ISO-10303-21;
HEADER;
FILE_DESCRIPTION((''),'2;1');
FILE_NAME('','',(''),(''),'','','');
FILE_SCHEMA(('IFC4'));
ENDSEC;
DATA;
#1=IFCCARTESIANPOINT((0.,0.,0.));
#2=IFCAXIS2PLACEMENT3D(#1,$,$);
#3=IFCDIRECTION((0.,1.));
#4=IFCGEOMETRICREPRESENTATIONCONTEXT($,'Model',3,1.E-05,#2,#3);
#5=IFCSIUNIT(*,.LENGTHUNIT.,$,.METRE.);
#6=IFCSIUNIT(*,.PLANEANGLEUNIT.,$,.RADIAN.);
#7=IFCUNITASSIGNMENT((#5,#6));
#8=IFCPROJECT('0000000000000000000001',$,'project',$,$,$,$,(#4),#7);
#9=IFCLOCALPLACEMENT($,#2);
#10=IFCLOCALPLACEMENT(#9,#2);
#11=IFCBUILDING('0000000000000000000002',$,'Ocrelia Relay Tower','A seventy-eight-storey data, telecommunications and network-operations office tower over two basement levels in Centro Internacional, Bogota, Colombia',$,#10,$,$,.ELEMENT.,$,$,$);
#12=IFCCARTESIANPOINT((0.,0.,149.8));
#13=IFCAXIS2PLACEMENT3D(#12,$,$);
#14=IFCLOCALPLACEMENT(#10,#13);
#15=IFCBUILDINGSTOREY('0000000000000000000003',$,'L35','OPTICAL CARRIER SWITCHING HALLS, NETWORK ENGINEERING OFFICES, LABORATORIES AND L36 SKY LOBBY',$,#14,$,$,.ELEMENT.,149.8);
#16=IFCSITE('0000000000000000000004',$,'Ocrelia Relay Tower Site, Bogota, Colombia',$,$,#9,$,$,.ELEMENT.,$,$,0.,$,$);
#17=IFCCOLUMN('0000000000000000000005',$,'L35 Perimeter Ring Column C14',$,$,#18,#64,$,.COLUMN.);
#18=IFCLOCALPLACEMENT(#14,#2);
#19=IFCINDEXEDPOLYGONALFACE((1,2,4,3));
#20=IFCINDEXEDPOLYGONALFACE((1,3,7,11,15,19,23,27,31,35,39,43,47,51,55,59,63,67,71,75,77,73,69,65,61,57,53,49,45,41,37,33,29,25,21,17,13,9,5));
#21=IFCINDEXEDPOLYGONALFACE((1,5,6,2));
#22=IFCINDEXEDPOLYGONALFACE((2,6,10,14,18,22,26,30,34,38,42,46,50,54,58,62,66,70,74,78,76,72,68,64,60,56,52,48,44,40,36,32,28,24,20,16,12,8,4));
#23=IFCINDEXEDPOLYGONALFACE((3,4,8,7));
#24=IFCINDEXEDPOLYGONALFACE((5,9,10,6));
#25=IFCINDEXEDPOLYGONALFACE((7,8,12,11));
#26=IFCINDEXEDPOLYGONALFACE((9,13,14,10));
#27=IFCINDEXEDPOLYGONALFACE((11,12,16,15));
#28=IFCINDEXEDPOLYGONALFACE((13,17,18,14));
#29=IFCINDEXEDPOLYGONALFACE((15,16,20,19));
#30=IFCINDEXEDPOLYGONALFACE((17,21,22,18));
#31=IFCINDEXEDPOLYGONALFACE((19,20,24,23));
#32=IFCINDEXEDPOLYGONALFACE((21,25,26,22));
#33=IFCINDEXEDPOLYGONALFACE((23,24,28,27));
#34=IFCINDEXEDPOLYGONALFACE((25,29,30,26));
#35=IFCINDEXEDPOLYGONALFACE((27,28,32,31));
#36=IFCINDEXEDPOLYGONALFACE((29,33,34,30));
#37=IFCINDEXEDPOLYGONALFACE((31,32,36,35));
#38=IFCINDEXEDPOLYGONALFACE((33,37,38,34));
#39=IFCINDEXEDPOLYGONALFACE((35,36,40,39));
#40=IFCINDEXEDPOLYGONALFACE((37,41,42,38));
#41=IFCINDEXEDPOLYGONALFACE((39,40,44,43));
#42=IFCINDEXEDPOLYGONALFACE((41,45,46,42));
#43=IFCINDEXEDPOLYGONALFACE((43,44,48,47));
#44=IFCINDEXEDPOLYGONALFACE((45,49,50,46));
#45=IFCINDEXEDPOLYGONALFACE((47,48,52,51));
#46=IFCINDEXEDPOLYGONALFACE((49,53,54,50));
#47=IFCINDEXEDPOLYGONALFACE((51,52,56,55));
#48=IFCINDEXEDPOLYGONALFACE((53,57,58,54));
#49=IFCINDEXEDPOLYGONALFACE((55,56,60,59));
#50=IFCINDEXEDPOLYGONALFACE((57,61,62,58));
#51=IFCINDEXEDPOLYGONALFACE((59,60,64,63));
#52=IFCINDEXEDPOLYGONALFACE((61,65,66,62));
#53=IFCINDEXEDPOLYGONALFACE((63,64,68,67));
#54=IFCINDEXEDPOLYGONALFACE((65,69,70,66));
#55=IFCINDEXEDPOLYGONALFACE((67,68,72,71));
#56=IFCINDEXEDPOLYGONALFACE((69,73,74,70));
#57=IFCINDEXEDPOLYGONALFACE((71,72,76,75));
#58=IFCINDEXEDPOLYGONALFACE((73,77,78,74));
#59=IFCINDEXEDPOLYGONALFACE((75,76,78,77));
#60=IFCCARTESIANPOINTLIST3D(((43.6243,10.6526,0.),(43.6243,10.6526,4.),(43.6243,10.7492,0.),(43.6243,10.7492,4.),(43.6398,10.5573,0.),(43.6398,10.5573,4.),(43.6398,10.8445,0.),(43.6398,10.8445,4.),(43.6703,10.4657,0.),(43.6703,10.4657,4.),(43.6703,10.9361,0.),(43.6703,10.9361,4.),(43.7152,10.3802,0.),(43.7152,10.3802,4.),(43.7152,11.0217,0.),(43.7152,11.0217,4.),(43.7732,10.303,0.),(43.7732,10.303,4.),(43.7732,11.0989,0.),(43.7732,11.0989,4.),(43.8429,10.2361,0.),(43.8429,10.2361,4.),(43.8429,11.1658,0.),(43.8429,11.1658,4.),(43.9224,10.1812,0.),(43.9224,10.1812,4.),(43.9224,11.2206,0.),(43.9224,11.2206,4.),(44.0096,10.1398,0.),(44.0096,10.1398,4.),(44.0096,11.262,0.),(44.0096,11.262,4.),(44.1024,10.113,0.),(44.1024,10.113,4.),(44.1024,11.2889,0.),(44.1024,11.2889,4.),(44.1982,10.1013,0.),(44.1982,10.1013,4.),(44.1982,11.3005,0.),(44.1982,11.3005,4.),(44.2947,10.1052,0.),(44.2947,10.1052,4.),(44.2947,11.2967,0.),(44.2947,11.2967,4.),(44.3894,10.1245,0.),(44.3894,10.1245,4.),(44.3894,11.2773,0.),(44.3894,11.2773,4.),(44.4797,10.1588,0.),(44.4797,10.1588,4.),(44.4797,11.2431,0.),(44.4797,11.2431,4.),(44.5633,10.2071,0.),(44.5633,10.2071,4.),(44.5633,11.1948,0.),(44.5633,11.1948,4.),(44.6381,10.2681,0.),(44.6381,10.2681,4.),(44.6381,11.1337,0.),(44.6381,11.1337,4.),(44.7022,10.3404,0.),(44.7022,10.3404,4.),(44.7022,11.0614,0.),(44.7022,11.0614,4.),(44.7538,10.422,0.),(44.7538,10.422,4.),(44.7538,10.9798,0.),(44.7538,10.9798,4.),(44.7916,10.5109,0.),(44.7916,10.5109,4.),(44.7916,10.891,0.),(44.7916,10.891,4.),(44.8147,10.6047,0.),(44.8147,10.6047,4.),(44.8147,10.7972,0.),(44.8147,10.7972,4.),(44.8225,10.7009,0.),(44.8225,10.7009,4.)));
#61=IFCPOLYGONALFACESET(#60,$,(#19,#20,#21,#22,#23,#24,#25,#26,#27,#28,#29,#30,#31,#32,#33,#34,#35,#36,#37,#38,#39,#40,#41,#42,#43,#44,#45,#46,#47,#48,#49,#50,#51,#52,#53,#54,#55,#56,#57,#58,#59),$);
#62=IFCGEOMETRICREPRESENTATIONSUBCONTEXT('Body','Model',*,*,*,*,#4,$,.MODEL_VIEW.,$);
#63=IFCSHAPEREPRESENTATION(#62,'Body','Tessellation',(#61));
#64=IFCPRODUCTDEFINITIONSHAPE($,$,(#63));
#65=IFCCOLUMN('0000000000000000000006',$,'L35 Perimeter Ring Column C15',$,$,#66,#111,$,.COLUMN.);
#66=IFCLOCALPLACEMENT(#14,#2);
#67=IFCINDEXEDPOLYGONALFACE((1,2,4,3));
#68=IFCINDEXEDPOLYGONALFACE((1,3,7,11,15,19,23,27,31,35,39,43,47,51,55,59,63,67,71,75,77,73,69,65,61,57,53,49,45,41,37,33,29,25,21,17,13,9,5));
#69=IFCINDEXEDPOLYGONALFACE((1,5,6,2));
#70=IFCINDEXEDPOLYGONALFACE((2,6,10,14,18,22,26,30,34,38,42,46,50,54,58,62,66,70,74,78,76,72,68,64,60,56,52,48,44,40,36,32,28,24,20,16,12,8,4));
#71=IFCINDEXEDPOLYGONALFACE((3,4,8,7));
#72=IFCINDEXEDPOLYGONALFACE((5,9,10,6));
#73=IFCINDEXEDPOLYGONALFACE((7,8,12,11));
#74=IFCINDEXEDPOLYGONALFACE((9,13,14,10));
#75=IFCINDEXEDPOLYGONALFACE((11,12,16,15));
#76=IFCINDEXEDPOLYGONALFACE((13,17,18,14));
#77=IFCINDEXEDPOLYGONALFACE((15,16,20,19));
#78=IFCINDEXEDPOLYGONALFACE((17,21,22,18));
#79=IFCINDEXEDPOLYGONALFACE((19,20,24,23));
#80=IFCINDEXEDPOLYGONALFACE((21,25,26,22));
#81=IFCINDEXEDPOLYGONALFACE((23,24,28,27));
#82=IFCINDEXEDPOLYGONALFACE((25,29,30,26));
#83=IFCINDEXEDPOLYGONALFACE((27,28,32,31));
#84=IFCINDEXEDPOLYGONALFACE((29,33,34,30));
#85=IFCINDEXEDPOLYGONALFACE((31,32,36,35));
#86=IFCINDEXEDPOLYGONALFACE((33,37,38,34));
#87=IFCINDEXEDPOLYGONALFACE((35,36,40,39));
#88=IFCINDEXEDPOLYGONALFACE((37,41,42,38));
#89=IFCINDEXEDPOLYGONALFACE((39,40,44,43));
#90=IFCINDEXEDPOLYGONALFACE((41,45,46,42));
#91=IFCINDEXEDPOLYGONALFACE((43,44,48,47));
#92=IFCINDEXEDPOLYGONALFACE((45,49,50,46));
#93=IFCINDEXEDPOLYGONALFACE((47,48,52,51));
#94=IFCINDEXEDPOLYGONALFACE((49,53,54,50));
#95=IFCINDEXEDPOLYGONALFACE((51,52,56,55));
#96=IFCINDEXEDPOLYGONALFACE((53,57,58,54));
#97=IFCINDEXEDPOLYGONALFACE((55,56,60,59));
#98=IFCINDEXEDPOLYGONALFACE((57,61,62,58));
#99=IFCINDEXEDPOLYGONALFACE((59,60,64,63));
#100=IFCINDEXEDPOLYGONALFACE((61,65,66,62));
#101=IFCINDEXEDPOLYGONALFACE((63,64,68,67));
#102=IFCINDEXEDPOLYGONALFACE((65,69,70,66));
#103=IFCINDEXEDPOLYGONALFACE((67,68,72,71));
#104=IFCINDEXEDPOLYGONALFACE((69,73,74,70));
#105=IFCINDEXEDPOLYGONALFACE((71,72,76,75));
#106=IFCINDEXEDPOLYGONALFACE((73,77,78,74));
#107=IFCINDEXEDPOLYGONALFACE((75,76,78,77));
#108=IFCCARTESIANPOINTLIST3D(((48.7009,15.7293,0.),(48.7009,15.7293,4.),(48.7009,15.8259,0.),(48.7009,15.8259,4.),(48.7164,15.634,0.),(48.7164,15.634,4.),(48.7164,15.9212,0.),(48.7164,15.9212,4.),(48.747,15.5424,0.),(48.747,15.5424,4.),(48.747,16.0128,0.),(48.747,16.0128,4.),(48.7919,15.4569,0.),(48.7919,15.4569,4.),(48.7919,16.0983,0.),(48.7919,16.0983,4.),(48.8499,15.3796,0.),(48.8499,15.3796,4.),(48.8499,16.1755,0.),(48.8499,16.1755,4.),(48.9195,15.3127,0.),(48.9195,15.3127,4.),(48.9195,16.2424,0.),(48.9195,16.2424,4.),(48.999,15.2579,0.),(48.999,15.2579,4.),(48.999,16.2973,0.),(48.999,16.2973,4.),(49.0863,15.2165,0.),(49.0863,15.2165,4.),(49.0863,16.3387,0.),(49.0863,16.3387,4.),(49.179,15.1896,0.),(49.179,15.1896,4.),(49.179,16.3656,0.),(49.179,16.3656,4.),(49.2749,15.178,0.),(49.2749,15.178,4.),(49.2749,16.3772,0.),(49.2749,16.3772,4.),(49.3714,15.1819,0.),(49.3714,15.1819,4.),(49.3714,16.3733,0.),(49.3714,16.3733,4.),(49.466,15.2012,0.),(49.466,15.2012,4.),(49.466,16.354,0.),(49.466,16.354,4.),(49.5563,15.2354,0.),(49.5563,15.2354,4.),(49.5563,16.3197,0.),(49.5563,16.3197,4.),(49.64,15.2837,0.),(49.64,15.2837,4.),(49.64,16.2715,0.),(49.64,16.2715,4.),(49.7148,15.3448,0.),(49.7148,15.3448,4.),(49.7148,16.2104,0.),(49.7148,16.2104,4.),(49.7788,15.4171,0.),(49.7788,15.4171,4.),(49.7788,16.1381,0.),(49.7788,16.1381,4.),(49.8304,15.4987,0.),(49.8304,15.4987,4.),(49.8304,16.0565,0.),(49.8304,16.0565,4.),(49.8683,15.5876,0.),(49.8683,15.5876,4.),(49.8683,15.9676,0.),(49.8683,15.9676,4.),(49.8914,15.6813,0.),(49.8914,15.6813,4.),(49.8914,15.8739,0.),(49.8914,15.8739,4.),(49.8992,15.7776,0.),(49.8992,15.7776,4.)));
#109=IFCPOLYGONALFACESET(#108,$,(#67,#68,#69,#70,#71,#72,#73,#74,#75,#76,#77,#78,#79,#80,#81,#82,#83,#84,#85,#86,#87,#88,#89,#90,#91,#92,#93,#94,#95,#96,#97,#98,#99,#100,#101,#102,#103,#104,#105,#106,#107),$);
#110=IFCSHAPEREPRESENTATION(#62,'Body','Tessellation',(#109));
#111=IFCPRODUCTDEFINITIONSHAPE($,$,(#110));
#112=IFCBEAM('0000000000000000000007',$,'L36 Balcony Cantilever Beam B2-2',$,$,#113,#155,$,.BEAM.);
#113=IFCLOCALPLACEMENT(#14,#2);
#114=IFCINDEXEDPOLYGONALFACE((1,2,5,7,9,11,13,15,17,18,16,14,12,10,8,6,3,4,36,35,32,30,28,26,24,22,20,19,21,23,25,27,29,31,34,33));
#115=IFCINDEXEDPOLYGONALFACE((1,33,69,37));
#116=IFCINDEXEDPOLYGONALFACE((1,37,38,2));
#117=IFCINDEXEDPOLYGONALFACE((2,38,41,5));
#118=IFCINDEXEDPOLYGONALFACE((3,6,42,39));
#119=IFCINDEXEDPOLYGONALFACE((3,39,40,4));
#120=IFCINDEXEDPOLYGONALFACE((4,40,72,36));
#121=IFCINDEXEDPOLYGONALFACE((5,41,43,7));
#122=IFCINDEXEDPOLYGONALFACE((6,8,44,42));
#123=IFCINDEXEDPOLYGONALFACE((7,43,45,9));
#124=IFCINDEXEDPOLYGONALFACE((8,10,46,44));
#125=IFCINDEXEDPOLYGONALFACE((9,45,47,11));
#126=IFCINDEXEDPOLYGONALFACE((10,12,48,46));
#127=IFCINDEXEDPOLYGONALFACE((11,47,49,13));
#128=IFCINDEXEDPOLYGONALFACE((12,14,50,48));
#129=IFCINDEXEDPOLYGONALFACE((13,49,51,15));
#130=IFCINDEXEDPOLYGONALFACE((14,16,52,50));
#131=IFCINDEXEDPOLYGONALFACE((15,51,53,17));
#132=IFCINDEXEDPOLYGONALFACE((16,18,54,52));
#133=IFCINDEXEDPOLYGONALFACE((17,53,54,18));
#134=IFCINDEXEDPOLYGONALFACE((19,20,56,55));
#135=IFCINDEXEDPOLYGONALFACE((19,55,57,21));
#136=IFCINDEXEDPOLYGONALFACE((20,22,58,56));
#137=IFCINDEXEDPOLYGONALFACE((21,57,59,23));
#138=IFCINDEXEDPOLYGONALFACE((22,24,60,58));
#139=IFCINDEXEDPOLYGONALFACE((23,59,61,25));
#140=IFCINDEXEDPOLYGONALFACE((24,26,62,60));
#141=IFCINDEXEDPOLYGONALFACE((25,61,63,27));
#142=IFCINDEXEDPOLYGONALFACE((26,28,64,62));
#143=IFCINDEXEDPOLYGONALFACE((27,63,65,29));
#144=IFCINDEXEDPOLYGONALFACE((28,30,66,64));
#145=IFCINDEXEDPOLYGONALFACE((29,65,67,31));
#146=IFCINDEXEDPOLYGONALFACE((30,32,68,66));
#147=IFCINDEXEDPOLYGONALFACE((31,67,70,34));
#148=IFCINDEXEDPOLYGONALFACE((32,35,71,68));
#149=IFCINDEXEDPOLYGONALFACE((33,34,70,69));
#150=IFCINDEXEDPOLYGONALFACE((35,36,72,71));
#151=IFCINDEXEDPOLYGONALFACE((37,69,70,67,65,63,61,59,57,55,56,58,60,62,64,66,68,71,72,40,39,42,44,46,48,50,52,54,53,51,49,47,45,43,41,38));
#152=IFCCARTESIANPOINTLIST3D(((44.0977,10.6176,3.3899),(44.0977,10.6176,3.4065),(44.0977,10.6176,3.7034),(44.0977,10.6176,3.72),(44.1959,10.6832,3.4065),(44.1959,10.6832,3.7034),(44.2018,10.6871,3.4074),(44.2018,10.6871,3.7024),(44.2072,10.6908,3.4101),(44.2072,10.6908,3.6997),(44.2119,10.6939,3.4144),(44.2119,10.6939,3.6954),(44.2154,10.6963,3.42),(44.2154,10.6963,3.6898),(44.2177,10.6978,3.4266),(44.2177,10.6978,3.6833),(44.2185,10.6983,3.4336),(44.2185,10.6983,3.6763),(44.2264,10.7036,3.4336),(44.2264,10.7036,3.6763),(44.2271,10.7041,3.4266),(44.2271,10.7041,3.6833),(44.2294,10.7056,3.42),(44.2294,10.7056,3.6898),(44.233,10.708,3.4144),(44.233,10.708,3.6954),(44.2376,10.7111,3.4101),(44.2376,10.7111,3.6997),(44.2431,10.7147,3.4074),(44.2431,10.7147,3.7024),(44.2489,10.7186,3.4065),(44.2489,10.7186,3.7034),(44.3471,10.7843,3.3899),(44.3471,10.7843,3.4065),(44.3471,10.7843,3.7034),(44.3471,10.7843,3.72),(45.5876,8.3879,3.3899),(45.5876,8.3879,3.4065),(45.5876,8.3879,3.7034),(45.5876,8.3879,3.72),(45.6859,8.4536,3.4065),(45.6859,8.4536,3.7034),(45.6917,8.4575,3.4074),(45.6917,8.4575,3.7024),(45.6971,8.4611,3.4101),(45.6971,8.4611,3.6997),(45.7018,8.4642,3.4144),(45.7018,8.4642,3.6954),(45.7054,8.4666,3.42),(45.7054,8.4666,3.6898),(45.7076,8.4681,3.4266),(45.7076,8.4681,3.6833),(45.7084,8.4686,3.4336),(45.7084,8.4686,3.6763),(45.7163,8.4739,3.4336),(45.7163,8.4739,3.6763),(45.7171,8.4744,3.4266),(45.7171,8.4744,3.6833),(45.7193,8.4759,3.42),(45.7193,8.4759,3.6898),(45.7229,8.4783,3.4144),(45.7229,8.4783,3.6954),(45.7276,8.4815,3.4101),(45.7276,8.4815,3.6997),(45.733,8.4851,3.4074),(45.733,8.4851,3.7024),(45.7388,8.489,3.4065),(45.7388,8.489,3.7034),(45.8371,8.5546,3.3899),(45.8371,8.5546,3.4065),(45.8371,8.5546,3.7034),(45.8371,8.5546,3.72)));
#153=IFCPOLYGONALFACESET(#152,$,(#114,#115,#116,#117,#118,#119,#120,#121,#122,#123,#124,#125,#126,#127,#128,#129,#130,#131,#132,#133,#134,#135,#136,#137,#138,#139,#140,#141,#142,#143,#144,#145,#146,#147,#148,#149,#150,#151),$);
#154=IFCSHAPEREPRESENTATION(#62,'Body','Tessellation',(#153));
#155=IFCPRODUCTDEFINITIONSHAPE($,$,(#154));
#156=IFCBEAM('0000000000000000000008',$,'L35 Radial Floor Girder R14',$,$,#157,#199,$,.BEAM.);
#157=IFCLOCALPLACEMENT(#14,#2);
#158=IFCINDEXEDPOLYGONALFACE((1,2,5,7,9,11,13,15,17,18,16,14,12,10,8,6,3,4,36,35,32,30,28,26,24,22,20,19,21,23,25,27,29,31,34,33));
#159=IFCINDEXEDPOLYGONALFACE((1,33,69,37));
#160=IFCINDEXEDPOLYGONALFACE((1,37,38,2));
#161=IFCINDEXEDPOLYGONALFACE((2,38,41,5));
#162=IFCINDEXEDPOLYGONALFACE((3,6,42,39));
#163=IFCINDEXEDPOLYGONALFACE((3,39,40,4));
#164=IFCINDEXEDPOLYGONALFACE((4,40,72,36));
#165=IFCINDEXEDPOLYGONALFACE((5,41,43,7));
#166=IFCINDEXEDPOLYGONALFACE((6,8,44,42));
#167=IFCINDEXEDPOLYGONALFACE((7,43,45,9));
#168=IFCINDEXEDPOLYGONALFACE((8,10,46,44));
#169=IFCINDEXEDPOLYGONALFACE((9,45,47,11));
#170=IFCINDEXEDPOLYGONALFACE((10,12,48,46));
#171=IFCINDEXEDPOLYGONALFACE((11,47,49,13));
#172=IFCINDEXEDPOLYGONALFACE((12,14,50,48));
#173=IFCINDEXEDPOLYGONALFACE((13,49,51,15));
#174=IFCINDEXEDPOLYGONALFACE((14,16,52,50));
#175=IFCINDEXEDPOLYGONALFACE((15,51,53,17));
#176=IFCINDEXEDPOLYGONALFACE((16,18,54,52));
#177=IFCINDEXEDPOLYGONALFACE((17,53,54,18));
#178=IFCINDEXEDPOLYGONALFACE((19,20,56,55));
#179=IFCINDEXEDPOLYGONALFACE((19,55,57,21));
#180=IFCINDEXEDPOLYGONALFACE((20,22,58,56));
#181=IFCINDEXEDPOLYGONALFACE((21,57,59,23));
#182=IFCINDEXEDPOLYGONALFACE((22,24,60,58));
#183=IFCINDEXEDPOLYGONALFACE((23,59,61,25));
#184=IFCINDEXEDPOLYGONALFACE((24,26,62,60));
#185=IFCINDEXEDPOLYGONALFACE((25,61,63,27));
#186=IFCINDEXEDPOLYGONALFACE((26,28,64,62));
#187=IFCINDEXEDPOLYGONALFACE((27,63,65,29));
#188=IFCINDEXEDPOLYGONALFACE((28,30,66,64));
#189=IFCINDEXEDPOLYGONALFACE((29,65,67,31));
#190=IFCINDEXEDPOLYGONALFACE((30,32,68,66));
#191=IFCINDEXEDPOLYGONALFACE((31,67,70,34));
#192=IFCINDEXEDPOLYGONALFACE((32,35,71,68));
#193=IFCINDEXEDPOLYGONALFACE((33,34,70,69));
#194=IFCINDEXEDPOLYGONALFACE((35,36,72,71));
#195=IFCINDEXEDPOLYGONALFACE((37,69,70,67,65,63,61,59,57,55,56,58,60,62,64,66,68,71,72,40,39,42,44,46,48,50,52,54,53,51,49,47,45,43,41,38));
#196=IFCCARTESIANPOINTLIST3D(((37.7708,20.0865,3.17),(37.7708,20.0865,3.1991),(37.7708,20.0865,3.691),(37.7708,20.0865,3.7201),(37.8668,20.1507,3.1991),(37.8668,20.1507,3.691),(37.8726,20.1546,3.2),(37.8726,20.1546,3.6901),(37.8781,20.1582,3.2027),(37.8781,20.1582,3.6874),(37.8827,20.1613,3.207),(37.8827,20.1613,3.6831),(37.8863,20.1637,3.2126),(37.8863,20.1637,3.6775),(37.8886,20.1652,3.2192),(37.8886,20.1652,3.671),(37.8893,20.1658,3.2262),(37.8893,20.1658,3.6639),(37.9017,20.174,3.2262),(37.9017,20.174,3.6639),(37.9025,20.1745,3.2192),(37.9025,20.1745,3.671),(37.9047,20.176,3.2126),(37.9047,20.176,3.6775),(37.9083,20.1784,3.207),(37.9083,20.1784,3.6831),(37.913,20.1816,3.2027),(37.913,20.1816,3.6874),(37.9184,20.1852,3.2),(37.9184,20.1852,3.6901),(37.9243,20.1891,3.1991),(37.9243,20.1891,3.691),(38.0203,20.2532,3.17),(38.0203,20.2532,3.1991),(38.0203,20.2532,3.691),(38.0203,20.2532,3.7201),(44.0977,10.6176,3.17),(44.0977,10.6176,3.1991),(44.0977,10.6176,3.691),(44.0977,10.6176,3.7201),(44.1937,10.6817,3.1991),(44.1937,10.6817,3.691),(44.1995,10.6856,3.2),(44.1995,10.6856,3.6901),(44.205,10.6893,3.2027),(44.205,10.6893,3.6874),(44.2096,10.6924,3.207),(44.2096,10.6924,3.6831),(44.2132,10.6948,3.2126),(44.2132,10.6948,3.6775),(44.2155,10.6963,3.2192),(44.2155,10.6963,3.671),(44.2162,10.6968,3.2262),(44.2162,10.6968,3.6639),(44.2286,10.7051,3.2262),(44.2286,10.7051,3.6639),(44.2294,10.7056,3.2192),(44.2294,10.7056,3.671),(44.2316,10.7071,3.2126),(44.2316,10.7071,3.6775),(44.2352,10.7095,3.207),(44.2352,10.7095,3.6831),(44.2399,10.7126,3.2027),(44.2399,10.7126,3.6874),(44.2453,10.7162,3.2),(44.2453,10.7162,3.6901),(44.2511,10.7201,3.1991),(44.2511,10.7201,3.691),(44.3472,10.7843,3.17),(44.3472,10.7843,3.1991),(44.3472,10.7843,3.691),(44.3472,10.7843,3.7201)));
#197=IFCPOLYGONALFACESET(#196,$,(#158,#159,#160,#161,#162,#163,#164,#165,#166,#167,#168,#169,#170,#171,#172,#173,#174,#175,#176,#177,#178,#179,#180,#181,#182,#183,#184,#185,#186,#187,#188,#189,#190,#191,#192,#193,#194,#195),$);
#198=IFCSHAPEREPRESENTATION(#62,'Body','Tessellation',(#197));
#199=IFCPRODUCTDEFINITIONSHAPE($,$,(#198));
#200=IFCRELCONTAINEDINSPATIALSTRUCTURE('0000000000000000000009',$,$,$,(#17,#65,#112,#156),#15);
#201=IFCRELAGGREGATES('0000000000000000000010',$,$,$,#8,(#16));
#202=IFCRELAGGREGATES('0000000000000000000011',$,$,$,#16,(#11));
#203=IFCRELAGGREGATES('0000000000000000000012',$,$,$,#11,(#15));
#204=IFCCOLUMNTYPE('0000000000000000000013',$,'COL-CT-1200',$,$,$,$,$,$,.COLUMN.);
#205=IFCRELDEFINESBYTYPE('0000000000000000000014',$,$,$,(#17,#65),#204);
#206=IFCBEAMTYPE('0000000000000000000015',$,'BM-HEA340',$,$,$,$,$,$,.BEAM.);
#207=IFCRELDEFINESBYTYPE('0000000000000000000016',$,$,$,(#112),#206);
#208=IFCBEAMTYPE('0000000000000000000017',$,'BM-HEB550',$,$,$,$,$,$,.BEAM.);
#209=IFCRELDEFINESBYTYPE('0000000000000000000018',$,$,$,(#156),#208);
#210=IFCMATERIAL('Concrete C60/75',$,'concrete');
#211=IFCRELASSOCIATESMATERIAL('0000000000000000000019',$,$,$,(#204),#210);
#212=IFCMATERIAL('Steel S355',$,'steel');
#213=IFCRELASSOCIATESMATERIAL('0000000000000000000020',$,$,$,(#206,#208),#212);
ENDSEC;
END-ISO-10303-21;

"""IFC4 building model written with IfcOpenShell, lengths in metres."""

from ifc_helpers import new_model, si_unit, direction, frame, origin, origin_2d, place, context, subcontext, project, spatial, circle, i_section, extrude, material, material_profile, profile_set, type_object, element, save


model = new_model("IFC4")

# Units and contexts
model_context = context("Model", 3, precision=1e-05, world=origin(), true_north=direction((0.0, 1.0)))
body_context = subcontext(model_context, "Body", "Model", "MODEL_VIEW")
ifc_project = project(units=[si_unit("LENGTHUNIT", "METRE"), si_unit("PLANEANGLEUNIT", "RADIAN")], contexts=[model_context])

# Site, building, storey
site_placement = place(None, origin())
site = spatial("IfcSite", under=ifc_project, at=site_placement, Name="Ocrelia Relay Tower Site, Bogota, Colombia", CompositionType="ELEMENT", RefElevation=0.0)
building_placement = place(site_placement, origin())
building = spatial("IfcBuilding", under=site, at=building_placement, Name="Ocrelia Relay Tower", Description="A seventy-eight-storey data, telecommunications and network-operations office tower over two basement levels in Centro Internacional, Bogota, Colombia", CompositionType="ELEMENT")
storey_placement = place(building_placement, frame((0.0, 0.0, 149.8)))
storey = spatial("IfcBuildingStorey", under=building, at=storey_placement, Name="L35", Description="OPTICAL CARRIER SWITCHING HALLS, NETWORK ENGINEERING OFFICES, LABORATORIES AND L36 SKY LOBBY", CompositionType="ELEMENT", Elevation=149.8)

# Columns
ifc_material_1 = material(Name="Concrete C60/75", Category="concrete")
ifc_material_profile_1 = material_profile(ifc_material_1, circle(Radius=0.6001, at=origin_2d()), Name="RC-CIR-1200")
ifc_profile_set_1 = profile_set([ifc_material_profile_1], Name="Concrete C60/75")
column_type = type_object("IfcColumnType", Name="COL-CT-1200", PredefinedType="COLUMN", material=ifc_profile_set_1)
for number, where, z_axis, x_axis, name in (
    (1, (44.2224, 10.7009, 0.0), (0.0, 0.0, 1.0), (1.0, 0.0, 0.0), "L35 Perimeter Ring Column C14"),
    (2, (49.2991, 15.7776, 0.0), (0.0, 0.0, 1.0), (1.0, 0.0, 0.0), "L35 Perimeter Ring Column C15"),
):
    element("IfcColumn", number, at=place(storey_placement, frame(where, z_axis=z_axis, x_axis=x_axis)), inside=storey, type_object=column_type, Name=name, PredefinedType="COLUMN", context=body_context, shape_type="SweptSolid", body=[
        extrude(circle(Radius=0.6001, at=origin_2d()), origin(), (0.0, 0.0, 1.0), 4.0),
    ])

# Beams
ifc_material_2 = material(Name="Steel S355", Category="steel")
ifc_material_profile_2 = material_profile(ifc_material_2, i_section(OverallWidth=0.3, OverallDepth=0.3301, WebThickness=0.0095, FlangeThickness=0.0166, FilletRadius=0.0271, at=origin_2d()), Name="HEA 340")
ifc_profile_set_2 = profile_set([ifc_material_profile_2], Name="Steel S355")
beam_type_1 = type_object("IfcBeamType", Name="BM-HEA340", PredefinedType="BEAM", material=ifc_profile_set_2)
beam_1_placement = place(storey_placement, frame((44.2224, 10.7009, 3.5549), z_axis=(0.555603, -0.831448, 0.0), x_axis=(0.831448, 0.555603, 0.0)))
element("IfcBeam", 3, at=beam_1_placement, inside=storey, type_object=beam_type_1, Name="L36 Balcony Cantilever Beam B2-2", PredefinedType="BEAM", context=body_context, shape_type="SweptSolid", body=[
    extrude(i_section(OverallWidth=0.3, OverallDepth=0.3301, WebThickness=0.0095, FlangeThickness=0.0166, FilletRadius=0.0271, at=origin_2d()), origin(), (0.0, 0.0, 1.0), 2.6816),
])
ifc_material_profile_3 = material_profile(ifc_material_2, i_section(OverallWidth=0.3, OverallDepth=0.55, WebThickness=0.0149, FlangeThickness=0.0291, FilletRadius=0.0271, at=origin_2d()), Name="HEB 550")
ifc_profile_set_3 = profile_set([ifc_material_profile_3], Name="Steel S355")
beam_type_2 = type_object("IfcBeamType", Name="BM-HEB550", PredefinedType="BEAM", material=ifc_profile_set_3)
beam_2_placement = place(storey_placement, frame((44.2224, 10.7009, 3.4451), z_axis=(-0.555566, 0.831473, 0.0), x_axis=(-0.831473, -0.555566, 0.0)))
element("IfcBeam", 4, at=beam_2_placement, inside=storey, type_object=beam_type_2, Name="L35 Radial Floor Girder R14", PredefinedType="BEAM", context=body_context, shape_type="SweptSolid", body=[
    extrude(i_section(OverallWidth=0.3, OverallDepth=0.55, WebThickness=0.0149, FlangeThickness=0.0291, FilletRadius=0.0271, at=origin_2d()), origin(), (0.0, 0.0, 1.0), 11.3882),
])

save(model, "model.ifc")
